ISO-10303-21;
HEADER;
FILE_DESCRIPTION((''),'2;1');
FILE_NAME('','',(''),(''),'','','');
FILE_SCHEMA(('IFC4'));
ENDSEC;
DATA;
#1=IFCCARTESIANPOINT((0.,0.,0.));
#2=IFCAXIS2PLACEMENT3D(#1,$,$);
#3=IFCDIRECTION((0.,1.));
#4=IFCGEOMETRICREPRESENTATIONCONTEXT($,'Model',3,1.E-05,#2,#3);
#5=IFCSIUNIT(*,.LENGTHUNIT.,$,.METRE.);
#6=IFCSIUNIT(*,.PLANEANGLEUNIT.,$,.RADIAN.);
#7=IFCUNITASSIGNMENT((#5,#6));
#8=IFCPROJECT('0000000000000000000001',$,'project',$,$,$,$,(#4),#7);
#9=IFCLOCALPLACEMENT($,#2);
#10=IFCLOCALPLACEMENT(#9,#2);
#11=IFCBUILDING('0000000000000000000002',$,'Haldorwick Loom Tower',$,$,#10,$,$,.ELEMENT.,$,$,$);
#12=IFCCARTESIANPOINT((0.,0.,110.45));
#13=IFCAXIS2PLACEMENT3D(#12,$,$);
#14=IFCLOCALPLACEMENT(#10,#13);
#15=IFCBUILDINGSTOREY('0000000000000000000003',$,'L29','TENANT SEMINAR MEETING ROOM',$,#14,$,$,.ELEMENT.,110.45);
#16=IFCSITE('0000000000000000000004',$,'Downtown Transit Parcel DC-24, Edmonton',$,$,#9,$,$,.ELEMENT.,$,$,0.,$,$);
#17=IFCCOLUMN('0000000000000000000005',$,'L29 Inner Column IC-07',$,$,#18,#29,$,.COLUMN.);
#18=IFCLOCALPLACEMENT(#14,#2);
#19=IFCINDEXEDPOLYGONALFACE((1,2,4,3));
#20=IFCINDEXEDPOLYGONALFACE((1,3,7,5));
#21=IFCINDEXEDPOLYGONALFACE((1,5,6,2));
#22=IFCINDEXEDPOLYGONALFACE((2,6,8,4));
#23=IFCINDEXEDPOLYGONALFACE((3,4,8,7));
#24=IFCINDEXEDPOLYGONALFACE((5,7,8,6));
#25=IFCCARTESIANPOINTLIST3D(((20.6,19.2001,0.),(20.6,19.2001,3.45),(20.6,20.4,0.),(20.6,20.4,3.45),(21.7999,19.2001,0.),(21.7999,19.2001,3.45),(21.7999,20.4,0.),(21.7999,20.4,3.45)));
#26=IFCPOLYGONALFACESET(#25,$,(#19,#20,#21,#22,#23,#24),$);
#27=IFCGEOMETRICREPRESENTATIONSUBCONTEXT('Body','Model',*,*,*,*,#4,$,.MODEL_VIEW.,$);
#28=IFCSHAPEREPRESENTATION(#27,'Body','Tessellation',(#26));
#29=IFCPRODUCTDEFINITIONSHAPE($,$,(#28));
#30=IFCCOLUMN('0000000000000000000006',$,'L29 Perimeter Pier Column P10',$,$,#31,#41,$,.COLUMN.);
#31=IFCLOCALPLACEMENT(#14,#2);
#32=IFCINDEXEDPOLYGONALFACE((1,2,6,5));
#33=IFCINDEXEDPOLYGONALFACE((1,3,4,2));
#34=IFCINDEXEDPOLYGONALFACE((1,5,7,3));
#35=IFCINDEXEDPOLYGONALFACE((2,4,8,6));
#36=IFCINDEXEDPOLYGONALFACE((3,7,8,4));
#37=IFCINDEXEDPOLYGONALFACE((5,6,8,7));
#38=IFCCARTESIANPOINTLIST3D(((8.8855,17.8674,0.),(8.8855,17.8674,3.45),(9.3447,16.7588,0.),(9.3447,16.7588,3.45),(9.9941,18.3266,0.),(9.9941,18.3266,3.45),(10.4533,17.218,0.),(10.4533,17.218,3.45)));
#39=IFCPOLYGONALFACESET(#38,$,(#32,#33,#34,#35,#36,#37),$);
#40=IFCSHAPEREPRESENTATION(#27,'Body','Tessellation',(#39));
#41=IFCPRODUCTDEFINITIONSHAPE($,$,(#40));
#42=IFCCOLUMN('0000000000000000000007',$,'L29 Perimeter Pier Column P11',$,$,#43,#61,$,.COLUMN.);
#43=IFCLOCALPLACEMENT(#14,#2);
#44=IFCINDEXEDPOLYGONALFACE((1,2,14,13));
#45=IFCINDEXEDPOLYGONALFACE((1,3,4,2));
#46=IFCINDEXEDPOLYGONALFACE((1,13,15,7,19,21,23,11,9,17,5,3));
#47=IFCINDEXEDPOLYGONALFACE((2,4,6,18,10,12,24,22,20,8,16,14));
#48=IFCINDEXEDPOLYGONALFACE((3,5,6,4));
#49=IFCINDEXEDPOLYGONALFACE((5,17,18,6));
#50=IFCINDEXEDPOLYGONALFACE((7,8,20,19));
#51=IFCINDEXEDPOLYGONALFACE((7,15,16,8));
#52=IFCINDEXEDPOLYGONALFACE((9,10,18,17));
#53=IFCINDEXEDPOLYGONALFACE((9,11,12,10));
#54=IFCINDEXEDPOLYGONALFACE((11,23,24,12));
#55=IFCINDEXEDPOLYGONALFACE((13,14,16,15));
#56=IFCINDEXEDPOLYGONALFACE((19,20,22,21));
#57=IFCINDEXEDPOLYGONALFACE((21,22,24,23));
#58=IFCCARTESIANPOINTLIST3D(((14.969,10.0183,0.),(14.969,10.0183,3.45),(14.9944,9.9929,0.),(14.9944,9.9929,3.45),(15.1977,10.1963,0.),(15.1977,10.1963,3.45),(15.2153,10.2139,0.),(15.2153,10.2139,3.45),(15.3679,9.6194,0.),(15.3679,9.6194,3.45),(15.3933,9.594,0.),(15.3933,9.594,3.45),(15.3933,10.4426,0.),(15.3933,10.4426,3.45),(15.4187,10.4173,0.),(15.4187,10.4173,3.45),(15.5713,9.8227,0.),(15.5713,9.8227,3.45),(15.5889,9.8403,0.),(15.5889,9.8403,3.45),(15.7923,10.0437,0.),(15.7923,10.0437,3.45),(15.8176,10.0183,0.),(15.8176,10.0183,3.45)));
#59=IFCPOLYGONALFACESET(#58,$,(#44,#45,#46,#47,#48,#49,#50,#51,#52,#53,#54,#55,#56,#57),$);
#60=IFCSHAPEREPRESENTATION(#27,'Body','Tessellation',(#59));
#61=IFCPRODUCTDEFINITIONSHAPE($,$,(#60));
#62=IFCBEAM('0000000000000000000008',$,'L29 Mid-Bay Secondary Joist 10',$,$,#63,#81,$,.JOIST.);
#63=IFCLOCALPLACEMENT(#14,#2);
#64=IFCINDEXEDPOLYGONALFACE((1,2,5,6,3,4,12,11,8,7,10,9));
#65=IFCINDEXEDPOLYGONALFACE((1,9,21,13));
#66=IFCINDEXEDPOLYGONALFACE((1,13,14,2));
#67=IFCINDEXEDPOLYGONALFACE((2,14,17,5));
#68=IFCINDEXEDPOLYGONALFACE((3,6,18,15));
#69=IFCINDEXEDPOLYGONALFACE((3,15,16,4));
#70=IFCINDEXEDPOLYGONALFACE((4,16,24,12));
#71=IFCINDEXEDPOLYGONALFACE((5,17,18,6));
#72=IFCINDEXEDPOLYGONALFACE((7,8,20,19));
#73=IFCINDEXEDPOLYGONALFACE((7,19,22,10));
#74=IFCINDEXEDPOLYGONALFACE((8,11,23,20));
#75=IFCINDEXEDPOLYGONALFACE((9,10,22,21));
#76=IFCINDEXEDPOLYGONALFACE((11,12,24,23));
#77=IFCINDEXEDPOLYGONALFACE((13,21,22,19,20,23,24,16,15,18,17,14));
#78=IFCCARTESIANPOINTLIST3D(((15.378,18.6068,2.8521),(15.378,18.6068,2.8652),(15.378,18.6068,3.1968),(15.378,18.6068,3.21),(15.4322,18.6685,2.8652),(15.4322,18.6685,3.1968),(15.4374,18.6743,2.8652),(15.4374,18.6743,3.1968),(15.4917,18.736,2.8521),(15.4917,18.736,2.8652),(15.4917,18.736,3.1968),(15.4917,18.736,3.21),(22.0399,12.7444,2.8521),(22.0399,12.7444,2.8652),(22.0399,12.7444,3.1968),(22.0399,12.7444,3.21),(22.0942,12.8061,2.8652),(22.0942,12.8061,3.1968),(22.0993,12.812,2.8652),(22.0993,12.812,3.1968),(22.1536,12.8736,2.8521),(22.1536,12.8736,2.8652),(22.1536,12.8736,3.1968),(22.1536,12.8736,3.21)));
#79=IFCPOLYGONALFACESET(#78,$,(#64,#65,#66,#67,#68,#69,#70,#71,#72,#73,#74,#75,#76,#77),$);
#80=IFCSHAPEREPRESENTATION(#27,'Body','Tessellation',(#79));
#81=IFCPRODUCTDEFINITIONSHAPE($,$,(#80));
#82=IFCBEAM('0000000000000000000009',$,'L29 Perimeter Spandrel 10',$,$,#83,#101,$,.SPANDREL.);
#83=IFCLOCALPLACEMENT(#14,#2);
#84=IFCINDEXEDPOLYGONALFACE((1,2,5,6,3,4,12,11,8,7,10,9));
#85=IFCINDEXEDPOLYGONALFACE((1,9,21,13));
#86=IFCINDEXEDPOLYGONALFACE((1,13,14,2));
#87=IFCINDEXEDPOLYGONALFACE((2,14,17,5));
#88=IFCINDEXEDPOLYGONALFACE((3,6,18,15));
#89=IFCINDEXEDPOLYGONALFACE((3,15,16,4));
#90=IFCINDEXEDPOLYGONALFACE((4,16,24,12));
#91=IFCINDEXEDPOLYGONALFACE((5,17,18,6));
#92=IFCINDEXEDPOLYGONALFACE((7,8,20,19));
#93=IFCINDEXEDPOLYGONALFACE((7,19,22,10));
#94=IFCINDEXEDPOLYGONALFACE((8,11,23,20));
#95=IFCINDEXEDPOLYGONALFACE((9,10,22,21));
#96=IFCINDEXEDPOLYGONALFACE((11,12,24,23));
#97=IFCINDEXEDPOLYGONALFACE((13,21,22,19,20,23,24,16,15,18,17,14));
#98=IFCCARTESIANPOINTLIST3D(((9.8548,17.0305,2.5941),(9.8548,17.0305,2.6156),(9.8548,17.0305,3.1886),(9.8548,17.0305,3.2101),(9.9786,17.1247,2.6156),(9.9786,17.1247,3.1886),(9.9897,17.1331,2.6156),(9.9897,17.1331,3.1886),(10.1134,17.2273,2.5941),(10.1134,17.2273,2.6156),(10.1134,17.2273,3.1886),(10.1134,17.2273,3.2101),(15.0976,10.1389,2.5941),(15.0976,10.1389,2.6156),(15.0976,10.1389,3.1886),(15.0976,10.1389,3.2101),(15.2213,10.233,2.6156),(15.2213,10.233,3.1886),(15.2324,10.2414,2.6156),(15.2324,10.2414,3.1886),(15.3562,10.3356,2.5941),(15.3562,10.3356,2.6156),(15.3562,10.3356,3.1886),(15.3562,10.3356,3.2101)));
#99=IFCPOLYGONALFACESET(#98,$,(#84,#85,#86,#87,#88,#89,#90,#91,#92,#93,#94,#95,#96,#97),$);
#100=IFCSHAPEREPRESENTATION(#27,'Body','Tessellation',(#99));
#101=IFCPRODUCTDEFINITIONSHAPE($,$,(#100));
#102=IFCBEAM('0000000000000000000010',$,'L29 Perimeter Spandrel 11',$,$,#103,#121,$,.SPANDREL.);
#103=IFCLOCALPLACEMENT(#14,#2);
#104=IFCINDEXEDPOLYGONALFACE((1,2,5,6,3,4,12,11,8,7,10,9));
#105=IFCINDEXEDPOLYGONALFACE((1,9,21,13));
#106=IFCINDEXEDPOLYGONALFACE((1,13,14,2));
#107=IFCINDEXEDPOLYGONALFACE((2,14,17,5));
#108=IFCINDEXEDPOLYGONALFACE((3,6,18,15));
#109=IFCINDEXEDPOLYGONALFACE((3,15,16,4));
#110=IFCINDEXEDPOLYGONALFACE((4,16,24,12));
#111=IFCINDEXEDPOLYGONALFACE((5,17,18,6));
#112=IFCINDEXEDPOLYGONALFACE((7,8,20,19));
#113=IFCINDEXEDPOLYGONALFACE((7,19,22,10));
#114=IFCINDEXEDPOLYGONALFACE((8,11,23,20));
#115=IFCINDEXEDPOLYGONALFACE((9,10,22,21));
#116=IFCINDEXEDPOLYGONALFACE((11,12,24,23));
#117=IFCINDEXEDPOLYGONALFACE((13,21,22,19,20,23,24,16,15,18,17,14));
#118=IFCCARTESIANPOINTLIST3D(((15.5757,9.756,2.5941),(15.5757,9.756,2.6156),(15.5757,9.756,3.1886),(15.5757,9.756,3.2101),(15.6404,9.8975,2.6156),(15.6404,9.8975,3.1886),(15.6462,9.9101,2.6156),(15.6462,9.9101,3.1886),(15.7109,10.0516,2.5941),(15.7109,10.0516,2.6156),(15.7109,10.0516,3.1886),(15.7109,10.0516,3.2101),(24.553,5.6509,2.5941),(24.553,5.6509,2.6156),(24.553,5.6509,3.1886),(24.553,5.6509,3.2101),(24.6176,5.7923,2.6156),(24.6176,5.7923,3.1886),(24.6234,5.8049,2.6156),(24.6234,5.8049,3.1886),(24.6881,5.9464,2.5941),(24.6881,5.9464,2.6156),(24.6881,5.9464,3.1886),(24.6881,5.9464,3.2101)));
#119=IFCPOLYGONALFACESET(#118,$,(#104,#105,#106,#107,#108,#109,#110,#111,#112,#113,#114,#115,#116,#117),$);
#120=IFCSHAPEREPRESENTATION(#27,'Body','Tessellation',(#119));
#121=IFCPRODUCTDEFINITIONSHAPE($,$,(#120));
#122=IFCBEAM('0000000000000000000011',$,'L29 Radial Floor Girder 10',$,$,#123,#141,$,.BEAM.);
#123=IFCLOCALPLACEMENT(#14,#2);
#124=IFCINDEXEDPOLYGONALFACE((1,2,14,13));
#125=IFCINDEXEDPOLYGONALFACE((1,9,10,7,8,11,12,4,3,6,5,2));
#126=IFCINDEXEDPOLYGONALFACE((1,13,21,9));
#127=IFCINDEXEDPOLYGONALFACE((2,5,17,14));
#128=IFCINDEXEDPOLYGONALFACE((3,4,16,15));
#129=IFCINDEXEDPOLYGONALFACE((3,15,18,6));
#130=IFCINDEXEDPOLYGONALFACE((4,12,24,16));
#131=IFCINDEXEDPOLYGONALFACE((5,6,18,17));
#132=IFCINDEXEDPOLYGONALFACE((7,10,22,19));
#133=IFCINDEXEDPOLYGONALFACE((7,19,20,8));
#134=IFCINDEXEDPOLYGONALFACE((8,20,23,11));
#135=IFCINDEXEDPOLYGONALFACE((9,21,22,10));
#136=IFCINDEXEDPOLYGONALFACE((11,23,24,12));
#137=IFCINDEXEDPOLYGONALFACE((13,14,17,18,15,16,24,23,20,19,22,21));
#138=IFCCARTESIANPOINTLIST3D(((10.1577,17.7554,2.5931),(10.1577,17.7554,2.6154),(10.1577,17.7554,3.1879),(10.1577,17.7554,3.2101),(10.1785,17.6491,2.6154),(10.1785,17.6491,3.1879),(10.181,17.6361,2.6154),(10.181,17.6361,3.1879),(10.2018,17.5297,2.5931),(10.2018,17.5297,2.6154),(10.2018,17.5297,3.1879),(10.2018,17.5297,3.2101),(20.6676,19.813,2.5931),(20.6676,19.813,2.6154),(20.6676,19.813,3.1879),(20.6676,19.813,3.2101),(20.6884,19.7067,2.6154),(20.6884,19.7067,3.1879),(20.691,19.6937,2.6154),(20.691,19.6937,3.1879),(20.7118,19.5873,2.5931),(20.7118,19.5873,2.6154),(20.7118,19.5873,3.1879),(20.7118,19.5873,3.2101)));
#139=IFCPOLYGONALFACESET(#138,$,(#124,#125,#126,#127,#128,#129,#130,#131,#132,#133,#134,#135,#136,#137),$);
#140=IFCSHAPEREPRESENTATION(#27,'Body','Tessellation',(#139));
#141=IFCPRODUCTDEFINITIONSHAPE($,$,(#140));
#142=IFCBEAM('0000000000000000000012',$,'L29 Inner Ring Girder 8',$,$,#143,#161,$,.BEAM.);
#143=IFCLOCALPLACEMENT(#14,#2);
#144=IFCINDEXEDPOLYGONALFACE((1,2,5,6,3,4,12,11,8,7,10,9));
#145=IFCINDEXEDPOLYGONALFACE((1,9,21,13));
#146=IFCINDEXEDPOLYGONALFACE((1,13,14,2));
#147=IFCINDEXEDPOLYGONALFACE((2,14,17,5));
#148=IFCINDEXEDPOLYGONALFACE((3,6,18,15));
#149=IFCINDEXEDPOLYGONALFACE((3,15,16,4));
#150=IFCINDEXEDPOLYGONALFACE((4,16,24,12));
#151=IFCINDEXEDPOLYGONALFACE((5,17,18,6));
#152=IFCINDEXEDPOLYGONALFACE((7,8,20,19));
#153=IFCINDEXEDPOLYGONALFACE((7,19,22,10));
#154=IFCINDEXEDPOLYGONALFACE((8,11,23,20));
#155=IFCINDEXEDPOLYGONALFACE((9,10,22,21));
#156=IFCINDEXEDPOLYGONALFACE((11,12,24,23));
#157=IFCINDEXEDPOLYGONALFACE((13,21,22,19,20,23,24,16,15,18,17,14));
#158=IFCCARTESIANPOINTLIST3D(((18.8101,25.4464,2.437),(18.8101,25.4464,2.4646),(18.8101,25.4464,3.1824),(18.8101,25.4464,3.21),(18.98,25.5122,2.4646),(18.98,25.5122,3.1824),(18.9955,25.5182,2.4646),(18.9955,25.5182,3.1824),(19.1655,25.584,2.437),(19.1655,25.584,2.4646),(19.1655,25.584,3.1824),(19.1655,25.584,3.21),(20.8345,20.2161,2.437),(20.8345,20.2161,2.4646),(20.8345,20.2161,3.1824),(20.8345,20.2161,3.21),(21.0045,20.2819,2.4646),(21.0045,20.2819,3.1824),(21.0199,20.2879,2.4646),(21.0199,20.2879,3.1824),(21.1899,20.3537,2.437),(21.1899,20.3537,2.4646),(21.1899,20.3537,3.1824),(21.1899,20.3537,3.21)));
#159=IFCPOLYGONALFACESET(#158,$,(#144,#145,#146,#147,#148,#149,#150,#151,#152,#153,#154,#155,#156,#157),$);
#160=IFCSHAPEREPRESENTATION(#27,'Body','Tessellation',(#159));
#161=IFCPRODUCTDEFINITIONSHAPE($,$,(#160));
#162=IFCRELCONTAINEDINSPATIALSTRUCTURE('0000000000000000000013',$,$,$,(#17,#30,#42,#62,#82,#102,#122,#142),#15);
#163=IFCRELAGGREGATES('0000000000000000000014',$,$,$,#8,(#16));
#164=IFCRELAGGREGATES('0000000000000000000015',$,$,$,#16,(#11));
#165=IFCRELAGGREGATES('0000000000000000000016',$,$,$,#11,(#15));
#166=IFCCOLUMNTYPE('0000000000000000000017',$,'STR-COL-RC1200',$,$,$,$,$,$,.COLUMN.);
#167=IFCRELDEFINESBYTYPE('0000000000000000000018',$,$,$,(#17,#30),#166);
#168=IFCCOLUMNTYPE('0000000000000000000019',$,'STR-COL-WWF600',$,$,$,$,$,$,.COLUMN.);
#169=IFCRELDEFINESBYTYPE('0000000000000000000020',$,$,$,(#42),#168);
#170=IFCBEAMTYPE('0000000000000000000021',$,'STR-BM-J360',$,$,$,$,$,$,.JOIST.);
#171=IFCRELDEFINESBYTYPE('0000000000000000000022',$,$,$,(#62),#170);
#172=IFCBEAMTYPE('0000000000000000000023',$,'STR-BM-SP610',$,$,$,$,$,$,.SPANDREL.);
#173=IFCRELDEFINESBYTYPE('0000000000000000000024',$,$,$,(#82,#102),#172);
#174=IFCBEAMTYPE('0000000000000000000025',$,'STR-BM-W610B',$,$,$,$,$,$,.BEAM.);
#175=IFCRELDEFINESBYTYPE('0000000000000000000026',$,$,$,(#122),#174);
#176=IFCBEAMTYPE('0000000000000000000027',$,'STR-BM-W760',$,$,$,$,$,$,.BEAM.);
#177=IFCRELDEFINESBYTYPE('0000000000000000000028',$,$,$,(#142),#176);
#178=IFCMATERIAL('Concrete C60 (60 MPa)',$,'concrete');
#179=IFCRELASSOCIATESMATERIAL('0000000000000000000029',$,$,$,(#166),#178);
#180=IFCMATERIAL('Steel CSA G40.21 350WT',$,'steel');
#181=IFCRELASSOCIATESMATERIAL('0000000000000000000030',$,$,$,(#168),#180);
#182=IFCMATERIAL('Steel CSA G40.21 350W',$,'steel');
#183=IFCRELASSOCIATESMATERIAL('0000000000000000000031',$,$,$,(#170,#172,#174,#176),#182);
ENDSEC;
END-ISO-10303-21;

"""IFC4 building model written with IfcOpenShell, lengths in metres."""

from ifc_helpers import new_model, si_unit, direction, frame, origin, origin_2d, place, context, subcontext, project, spatial, rectangle, i_section, extrude, material, material_profile, profile_set, type_object, element, save


model = new_model("IFC4")

# Units and contexts
model_context = context("Model", 3, precision=1e-05, world=origin(), true_north=direction((0.0, 1.0)))
body_context = subcontext(model_context, "Body", "Model", "MODEL_VIEW")
ifc_project = project(units=[si_unit("LENGTHUNIT", "METRE"), si_unit("PLANEANGLEUNIT", "RADIAN")], contexts=[model_context])

# Site, building, storey
site_placement = place(None, origin())
site = spatial("IfcSite", under=ifc_project, at=site_placement, Name="Downtown Transit Parcel DC-24, Edmonton", CompositionType="ELEMENT", RefElevation=0.0)
building_placement = place(site_placement, origin())
building = spatial("IfcBuilding", under=site, at=building_placement, Name="Haldorwick Loom Tower", CompositionType="ELEMENT")
storey_placement = place(building_placement, frame((0.0, 0.0, 110.45)))
storey = spatial("IfcBuildingStorey", under=building, at=storey_placement, Name="L29", Description="TENANT SEMINAR MEETING ROOM", CompositionType="ELEMENT", Elevation=110.45)

# Columns
ifc_material_1 = material(Name="Concrete C60 (60 MPa)", Category="concrete")
ifc_material_profile_1 = material_profile(ifc_material_1, rectangle(XDim=1.2, YDim=1.2, at=origin_2d()), Name="RC1200X1200", Category="concrete")
ifc_profile_set_1 = profile_set([ifc_material_profile_1], Name="Concrete C60 (60 MPa)")
column_type_1 = type_object("IfcColumnType", Name="STR-COL-RC1200", PredefinedType="COLUMN", material=ifc_profile_set_1)
for number, where, z_axis, x_axis, name in (
    (1, (21.2, 19.8, 0.0), (0.0, 0.0, 1.0), (1.0, 0.0, 0.0), "L29 Inner Column IC-07"),
    (2, (9.6694, 17.5427, 0.0), (0.0, 0.0, 1.0), (-0.92388, -0.382683, 0.0), "L29 Perimeter Pier Column P10"),
):
    element("IfcColumn", number, at=place(storey_placement, frame(where, z_axis=z_axis, x_axis=x_axis)), inside=storey, type_object=column_type_1, Name=name, PredefinedType="COLUMN", context=body_context, shape_type="SweptSolid", body=[
        extrude(rectangle(XDim=1.2, YDim=1.2, at=origin_2d()), origin(), (0.0, 0.0, 1.0), 3.45),
    ])
ifc_material_2 = material(Name="Steel CSA G40.21 350WT", Category="steel")
ifc_material_profile_2 = material_profile(ifc_material_2, i_section(OverallWidth=0.6001, OverallDepth=0.6001, WebThickness=0.0249, FlangeThickness=0.0359, at=origin_2d()), Name="WWF600X600", Category="steel")
ifc_profile_set_2 = profile_set([ifc_material_profile_2], Name="Steel CSA G40.21 350WT")
column_type_2 = type_object("IfcColumnType", Name="STR-COL-WWF600", PredefinedType="COLUMN", material=ifc_profile_set_2)
column_placement = place(storey_placement, frame((15.3933, 10.0183, 0.0), z_axis=(0.0, 0.0, 1.0), x_axis=(-0.707107, -0.707107, 0.0)))
element("IfcColumn", 3, at=column_placement, inside=storey, type_object=column_type_2, Name="L29 Perimeter Pier Column P11", PredefinedType="COLUMN", context=body_context, shape_type="SweptSolid", body=[
    extrude(i_section(OverallWidth=0.6001, OverallDepth=0.6001, WebThickness=0.0249, FlangeThickness=0.0359, at=origin_2d()), origin(), (0.0, 0.0, 1.0), 3.45),
])

# Beams
ifc_material_3 = material(Name="Steel CSA G40.21 350W", Category="steel")
ifc_material_profile_3 = material_profile(ifc_material_3, i_section(OverallWidth=0.1721, OverallDepth=0.3579, WebThickness=0.0078, FlangeThickness=0.0132, at=origin_2d()), Name="W360X57", Category="steel")
ifc_profile_set_3 = profile_set([ifc_material_profile_3], Name="Steel CSA G40.21 350W")
beam_type_1 = type_object("IfcBeamType", Name="STR-BM-J360", PredefinedType="JOIST", material=ifc_profile_set_3)
beam_1_placement = place(storey_placement, frame((15.4348, 18.6714, 3.031), z_axis=(0.750721, -0.660619, 0.0), x_axis=(0.660619, 0.750721, 0.0)))
element("IfcBeam", 4, at=beam_1_placement, inside=storey, type_object=beam_type_1, Name="L29 Mid-Bay Secondary Joist 10", PredefinedType="JOIST", context=body_context, shape_type="SweptSolid", body=[
    extrude(i_section(OverallWidth=0.1721, OverallDepth=0.3579, WebThickness=0.0078, FlangeThickness=0.0132, at=origin_2d()), origin(), (0.0, 0.0, 1.0), 8.874),
])
ifc_material_profile_4 = material_profile(ifc_material_3, i_section(OverallWidth=0.325, OverallDepth=0.616, WebThickness=0.0139, FlangeThickness=0.0215, at=origin_2d()), Name="W610X174", Category="steel")
ifc_profile_set_4 = profile_set([ifc_material_profile_4], Name="Steel CSA G40.21 350W")
beam_type_2 = type_object("IfcBeamType", Name="STR-BM-SP610", PredefinedType="SPANDREL", material=ifc_profile_set_4)
beam_2_placement = place(storey_placement, frame((9.9841, 17.1289, 2.9021), z_axis=(0.605454, -0.795881, 0.0), x_axis=(0.795881, 0.605454, 0.0)))
element("IfcBeam", 5, at=beam_2_placement, inside=storey, type_object=beam_type_2, Name="L29 Perimeter Spandrel 10", PredefinedType="SPANDREL", context=body_context, shape_type="SweptSolid", body=[
    extrude(i_section(OverallWidth=0.325, OverallDepth=0.616, WebThickness=0.0139, FlangeThickness=0.0215, at=origin_2d()), origin(), (0.0, 0.0, 1.0), 8.6592),
])
beam_3_placement = place(storey_placement, frame((15.6433, 9.9038, 2.9021), z_axis=(0.909424, -0.41587, 0.0), x_axis=(0.41587, 0.909424, 0.0)))
element("IfcBeam", 6, at=beam_3_placement, inside=storey, type_object=beam_type_2, Name="L29 Perimeter Spandrel 11", PredefinedType="SPANDREL", context=body_context, shape_type="SweptSolid", body=[
    extrude(i_section(OverallWidth=0.325, OverallDepth=0.616, WebThickness=0.0139, FlangeThickness=0.0215, at=origin_2d()), origin(), (0.0, 0.0, 1.0), 9.8713),
])
ifc_material_profile_5 = material_profile(ifc_material_3, i_section(OverallWidth=0.23, OverallDepth=0.6169, WebThickness=0.0132, FlangeThickness=0.0222, at=origin_2d()), Name="W610X140", Category="steel")
ifc_profile_set_5 = profile_set([ifc_material_profile_5], Name="Steel CSA G40.21 350W")
beam_type_3 = type_object("IfcBeamType", Name="STR-BM-W610B", PredefinedType="BEAM", material=ifc_profile_set_5)
beam_4_placement = place(storey_placement, frame((20.6897, 19.7002, 2.9016), z_axis=(-0.98137, -0.192129, 0.0), x_axis=(0.192129, -0.98137, 0.0)))
element("IfcBeam", 7, at=beam_4_placement, inside=storey, type_object=beam_type_3, Name="L29 Radial Floor Girder 10", PredefinedType="BEAM", context=body_context, shape_type="SweptSolid", body=[
    extrude(i_section(OverallWidth=0.23, OverallDepth=0.6169, WebThickness=0.0132, FlangeThickness=0.0222, at=origin_2d()), origin(), (0.0, 0.0, 1.0), 10.7095),
])
ifc_material_profile_6 = material_profile(ifc_material_3, i_section(OverallWidth=0.3811, OverallDepth=0.7729, WebThickness=0.0166, FlangeThickness=0.0276, at=origin_2d()), Name="W760X257", Category="steel")
ifc_profile_set_6 = profile_set([ifc_material_profile_6], Name="Steel CSA G40.21 350W")
beam_type_4 = type_object("IfcBeamType", Name="STR-BM-W760", PredefinedType="BEAM", material=ifc_profile_set_6)
beam_5_placement = place(storey_placement, frame((21.0122, 20.2849, 2.8235), z_axis=(-0.360965, 0.932579, 0.0), x_axis=(-0.932579, -0.360965, 0.0)))
element("IfcBeam", 8, at=beam_5_placement, inside=storey, type_object=beam_type_4, Name="L29 Inner Ring Girder 8", PredefinedType="BEAM", context=body_context, shape_type="SweptSolid", body=[
    extrude(i_section(OverallWidth=0.3811, OverallDepth=0.7729, WebThickness=0.0166, FlangeThickness=0.0276, at=origin_2d()), origin(), (0.0, 0.0, 1.0), 5.6084),
])

save(model, "model.ifc")
